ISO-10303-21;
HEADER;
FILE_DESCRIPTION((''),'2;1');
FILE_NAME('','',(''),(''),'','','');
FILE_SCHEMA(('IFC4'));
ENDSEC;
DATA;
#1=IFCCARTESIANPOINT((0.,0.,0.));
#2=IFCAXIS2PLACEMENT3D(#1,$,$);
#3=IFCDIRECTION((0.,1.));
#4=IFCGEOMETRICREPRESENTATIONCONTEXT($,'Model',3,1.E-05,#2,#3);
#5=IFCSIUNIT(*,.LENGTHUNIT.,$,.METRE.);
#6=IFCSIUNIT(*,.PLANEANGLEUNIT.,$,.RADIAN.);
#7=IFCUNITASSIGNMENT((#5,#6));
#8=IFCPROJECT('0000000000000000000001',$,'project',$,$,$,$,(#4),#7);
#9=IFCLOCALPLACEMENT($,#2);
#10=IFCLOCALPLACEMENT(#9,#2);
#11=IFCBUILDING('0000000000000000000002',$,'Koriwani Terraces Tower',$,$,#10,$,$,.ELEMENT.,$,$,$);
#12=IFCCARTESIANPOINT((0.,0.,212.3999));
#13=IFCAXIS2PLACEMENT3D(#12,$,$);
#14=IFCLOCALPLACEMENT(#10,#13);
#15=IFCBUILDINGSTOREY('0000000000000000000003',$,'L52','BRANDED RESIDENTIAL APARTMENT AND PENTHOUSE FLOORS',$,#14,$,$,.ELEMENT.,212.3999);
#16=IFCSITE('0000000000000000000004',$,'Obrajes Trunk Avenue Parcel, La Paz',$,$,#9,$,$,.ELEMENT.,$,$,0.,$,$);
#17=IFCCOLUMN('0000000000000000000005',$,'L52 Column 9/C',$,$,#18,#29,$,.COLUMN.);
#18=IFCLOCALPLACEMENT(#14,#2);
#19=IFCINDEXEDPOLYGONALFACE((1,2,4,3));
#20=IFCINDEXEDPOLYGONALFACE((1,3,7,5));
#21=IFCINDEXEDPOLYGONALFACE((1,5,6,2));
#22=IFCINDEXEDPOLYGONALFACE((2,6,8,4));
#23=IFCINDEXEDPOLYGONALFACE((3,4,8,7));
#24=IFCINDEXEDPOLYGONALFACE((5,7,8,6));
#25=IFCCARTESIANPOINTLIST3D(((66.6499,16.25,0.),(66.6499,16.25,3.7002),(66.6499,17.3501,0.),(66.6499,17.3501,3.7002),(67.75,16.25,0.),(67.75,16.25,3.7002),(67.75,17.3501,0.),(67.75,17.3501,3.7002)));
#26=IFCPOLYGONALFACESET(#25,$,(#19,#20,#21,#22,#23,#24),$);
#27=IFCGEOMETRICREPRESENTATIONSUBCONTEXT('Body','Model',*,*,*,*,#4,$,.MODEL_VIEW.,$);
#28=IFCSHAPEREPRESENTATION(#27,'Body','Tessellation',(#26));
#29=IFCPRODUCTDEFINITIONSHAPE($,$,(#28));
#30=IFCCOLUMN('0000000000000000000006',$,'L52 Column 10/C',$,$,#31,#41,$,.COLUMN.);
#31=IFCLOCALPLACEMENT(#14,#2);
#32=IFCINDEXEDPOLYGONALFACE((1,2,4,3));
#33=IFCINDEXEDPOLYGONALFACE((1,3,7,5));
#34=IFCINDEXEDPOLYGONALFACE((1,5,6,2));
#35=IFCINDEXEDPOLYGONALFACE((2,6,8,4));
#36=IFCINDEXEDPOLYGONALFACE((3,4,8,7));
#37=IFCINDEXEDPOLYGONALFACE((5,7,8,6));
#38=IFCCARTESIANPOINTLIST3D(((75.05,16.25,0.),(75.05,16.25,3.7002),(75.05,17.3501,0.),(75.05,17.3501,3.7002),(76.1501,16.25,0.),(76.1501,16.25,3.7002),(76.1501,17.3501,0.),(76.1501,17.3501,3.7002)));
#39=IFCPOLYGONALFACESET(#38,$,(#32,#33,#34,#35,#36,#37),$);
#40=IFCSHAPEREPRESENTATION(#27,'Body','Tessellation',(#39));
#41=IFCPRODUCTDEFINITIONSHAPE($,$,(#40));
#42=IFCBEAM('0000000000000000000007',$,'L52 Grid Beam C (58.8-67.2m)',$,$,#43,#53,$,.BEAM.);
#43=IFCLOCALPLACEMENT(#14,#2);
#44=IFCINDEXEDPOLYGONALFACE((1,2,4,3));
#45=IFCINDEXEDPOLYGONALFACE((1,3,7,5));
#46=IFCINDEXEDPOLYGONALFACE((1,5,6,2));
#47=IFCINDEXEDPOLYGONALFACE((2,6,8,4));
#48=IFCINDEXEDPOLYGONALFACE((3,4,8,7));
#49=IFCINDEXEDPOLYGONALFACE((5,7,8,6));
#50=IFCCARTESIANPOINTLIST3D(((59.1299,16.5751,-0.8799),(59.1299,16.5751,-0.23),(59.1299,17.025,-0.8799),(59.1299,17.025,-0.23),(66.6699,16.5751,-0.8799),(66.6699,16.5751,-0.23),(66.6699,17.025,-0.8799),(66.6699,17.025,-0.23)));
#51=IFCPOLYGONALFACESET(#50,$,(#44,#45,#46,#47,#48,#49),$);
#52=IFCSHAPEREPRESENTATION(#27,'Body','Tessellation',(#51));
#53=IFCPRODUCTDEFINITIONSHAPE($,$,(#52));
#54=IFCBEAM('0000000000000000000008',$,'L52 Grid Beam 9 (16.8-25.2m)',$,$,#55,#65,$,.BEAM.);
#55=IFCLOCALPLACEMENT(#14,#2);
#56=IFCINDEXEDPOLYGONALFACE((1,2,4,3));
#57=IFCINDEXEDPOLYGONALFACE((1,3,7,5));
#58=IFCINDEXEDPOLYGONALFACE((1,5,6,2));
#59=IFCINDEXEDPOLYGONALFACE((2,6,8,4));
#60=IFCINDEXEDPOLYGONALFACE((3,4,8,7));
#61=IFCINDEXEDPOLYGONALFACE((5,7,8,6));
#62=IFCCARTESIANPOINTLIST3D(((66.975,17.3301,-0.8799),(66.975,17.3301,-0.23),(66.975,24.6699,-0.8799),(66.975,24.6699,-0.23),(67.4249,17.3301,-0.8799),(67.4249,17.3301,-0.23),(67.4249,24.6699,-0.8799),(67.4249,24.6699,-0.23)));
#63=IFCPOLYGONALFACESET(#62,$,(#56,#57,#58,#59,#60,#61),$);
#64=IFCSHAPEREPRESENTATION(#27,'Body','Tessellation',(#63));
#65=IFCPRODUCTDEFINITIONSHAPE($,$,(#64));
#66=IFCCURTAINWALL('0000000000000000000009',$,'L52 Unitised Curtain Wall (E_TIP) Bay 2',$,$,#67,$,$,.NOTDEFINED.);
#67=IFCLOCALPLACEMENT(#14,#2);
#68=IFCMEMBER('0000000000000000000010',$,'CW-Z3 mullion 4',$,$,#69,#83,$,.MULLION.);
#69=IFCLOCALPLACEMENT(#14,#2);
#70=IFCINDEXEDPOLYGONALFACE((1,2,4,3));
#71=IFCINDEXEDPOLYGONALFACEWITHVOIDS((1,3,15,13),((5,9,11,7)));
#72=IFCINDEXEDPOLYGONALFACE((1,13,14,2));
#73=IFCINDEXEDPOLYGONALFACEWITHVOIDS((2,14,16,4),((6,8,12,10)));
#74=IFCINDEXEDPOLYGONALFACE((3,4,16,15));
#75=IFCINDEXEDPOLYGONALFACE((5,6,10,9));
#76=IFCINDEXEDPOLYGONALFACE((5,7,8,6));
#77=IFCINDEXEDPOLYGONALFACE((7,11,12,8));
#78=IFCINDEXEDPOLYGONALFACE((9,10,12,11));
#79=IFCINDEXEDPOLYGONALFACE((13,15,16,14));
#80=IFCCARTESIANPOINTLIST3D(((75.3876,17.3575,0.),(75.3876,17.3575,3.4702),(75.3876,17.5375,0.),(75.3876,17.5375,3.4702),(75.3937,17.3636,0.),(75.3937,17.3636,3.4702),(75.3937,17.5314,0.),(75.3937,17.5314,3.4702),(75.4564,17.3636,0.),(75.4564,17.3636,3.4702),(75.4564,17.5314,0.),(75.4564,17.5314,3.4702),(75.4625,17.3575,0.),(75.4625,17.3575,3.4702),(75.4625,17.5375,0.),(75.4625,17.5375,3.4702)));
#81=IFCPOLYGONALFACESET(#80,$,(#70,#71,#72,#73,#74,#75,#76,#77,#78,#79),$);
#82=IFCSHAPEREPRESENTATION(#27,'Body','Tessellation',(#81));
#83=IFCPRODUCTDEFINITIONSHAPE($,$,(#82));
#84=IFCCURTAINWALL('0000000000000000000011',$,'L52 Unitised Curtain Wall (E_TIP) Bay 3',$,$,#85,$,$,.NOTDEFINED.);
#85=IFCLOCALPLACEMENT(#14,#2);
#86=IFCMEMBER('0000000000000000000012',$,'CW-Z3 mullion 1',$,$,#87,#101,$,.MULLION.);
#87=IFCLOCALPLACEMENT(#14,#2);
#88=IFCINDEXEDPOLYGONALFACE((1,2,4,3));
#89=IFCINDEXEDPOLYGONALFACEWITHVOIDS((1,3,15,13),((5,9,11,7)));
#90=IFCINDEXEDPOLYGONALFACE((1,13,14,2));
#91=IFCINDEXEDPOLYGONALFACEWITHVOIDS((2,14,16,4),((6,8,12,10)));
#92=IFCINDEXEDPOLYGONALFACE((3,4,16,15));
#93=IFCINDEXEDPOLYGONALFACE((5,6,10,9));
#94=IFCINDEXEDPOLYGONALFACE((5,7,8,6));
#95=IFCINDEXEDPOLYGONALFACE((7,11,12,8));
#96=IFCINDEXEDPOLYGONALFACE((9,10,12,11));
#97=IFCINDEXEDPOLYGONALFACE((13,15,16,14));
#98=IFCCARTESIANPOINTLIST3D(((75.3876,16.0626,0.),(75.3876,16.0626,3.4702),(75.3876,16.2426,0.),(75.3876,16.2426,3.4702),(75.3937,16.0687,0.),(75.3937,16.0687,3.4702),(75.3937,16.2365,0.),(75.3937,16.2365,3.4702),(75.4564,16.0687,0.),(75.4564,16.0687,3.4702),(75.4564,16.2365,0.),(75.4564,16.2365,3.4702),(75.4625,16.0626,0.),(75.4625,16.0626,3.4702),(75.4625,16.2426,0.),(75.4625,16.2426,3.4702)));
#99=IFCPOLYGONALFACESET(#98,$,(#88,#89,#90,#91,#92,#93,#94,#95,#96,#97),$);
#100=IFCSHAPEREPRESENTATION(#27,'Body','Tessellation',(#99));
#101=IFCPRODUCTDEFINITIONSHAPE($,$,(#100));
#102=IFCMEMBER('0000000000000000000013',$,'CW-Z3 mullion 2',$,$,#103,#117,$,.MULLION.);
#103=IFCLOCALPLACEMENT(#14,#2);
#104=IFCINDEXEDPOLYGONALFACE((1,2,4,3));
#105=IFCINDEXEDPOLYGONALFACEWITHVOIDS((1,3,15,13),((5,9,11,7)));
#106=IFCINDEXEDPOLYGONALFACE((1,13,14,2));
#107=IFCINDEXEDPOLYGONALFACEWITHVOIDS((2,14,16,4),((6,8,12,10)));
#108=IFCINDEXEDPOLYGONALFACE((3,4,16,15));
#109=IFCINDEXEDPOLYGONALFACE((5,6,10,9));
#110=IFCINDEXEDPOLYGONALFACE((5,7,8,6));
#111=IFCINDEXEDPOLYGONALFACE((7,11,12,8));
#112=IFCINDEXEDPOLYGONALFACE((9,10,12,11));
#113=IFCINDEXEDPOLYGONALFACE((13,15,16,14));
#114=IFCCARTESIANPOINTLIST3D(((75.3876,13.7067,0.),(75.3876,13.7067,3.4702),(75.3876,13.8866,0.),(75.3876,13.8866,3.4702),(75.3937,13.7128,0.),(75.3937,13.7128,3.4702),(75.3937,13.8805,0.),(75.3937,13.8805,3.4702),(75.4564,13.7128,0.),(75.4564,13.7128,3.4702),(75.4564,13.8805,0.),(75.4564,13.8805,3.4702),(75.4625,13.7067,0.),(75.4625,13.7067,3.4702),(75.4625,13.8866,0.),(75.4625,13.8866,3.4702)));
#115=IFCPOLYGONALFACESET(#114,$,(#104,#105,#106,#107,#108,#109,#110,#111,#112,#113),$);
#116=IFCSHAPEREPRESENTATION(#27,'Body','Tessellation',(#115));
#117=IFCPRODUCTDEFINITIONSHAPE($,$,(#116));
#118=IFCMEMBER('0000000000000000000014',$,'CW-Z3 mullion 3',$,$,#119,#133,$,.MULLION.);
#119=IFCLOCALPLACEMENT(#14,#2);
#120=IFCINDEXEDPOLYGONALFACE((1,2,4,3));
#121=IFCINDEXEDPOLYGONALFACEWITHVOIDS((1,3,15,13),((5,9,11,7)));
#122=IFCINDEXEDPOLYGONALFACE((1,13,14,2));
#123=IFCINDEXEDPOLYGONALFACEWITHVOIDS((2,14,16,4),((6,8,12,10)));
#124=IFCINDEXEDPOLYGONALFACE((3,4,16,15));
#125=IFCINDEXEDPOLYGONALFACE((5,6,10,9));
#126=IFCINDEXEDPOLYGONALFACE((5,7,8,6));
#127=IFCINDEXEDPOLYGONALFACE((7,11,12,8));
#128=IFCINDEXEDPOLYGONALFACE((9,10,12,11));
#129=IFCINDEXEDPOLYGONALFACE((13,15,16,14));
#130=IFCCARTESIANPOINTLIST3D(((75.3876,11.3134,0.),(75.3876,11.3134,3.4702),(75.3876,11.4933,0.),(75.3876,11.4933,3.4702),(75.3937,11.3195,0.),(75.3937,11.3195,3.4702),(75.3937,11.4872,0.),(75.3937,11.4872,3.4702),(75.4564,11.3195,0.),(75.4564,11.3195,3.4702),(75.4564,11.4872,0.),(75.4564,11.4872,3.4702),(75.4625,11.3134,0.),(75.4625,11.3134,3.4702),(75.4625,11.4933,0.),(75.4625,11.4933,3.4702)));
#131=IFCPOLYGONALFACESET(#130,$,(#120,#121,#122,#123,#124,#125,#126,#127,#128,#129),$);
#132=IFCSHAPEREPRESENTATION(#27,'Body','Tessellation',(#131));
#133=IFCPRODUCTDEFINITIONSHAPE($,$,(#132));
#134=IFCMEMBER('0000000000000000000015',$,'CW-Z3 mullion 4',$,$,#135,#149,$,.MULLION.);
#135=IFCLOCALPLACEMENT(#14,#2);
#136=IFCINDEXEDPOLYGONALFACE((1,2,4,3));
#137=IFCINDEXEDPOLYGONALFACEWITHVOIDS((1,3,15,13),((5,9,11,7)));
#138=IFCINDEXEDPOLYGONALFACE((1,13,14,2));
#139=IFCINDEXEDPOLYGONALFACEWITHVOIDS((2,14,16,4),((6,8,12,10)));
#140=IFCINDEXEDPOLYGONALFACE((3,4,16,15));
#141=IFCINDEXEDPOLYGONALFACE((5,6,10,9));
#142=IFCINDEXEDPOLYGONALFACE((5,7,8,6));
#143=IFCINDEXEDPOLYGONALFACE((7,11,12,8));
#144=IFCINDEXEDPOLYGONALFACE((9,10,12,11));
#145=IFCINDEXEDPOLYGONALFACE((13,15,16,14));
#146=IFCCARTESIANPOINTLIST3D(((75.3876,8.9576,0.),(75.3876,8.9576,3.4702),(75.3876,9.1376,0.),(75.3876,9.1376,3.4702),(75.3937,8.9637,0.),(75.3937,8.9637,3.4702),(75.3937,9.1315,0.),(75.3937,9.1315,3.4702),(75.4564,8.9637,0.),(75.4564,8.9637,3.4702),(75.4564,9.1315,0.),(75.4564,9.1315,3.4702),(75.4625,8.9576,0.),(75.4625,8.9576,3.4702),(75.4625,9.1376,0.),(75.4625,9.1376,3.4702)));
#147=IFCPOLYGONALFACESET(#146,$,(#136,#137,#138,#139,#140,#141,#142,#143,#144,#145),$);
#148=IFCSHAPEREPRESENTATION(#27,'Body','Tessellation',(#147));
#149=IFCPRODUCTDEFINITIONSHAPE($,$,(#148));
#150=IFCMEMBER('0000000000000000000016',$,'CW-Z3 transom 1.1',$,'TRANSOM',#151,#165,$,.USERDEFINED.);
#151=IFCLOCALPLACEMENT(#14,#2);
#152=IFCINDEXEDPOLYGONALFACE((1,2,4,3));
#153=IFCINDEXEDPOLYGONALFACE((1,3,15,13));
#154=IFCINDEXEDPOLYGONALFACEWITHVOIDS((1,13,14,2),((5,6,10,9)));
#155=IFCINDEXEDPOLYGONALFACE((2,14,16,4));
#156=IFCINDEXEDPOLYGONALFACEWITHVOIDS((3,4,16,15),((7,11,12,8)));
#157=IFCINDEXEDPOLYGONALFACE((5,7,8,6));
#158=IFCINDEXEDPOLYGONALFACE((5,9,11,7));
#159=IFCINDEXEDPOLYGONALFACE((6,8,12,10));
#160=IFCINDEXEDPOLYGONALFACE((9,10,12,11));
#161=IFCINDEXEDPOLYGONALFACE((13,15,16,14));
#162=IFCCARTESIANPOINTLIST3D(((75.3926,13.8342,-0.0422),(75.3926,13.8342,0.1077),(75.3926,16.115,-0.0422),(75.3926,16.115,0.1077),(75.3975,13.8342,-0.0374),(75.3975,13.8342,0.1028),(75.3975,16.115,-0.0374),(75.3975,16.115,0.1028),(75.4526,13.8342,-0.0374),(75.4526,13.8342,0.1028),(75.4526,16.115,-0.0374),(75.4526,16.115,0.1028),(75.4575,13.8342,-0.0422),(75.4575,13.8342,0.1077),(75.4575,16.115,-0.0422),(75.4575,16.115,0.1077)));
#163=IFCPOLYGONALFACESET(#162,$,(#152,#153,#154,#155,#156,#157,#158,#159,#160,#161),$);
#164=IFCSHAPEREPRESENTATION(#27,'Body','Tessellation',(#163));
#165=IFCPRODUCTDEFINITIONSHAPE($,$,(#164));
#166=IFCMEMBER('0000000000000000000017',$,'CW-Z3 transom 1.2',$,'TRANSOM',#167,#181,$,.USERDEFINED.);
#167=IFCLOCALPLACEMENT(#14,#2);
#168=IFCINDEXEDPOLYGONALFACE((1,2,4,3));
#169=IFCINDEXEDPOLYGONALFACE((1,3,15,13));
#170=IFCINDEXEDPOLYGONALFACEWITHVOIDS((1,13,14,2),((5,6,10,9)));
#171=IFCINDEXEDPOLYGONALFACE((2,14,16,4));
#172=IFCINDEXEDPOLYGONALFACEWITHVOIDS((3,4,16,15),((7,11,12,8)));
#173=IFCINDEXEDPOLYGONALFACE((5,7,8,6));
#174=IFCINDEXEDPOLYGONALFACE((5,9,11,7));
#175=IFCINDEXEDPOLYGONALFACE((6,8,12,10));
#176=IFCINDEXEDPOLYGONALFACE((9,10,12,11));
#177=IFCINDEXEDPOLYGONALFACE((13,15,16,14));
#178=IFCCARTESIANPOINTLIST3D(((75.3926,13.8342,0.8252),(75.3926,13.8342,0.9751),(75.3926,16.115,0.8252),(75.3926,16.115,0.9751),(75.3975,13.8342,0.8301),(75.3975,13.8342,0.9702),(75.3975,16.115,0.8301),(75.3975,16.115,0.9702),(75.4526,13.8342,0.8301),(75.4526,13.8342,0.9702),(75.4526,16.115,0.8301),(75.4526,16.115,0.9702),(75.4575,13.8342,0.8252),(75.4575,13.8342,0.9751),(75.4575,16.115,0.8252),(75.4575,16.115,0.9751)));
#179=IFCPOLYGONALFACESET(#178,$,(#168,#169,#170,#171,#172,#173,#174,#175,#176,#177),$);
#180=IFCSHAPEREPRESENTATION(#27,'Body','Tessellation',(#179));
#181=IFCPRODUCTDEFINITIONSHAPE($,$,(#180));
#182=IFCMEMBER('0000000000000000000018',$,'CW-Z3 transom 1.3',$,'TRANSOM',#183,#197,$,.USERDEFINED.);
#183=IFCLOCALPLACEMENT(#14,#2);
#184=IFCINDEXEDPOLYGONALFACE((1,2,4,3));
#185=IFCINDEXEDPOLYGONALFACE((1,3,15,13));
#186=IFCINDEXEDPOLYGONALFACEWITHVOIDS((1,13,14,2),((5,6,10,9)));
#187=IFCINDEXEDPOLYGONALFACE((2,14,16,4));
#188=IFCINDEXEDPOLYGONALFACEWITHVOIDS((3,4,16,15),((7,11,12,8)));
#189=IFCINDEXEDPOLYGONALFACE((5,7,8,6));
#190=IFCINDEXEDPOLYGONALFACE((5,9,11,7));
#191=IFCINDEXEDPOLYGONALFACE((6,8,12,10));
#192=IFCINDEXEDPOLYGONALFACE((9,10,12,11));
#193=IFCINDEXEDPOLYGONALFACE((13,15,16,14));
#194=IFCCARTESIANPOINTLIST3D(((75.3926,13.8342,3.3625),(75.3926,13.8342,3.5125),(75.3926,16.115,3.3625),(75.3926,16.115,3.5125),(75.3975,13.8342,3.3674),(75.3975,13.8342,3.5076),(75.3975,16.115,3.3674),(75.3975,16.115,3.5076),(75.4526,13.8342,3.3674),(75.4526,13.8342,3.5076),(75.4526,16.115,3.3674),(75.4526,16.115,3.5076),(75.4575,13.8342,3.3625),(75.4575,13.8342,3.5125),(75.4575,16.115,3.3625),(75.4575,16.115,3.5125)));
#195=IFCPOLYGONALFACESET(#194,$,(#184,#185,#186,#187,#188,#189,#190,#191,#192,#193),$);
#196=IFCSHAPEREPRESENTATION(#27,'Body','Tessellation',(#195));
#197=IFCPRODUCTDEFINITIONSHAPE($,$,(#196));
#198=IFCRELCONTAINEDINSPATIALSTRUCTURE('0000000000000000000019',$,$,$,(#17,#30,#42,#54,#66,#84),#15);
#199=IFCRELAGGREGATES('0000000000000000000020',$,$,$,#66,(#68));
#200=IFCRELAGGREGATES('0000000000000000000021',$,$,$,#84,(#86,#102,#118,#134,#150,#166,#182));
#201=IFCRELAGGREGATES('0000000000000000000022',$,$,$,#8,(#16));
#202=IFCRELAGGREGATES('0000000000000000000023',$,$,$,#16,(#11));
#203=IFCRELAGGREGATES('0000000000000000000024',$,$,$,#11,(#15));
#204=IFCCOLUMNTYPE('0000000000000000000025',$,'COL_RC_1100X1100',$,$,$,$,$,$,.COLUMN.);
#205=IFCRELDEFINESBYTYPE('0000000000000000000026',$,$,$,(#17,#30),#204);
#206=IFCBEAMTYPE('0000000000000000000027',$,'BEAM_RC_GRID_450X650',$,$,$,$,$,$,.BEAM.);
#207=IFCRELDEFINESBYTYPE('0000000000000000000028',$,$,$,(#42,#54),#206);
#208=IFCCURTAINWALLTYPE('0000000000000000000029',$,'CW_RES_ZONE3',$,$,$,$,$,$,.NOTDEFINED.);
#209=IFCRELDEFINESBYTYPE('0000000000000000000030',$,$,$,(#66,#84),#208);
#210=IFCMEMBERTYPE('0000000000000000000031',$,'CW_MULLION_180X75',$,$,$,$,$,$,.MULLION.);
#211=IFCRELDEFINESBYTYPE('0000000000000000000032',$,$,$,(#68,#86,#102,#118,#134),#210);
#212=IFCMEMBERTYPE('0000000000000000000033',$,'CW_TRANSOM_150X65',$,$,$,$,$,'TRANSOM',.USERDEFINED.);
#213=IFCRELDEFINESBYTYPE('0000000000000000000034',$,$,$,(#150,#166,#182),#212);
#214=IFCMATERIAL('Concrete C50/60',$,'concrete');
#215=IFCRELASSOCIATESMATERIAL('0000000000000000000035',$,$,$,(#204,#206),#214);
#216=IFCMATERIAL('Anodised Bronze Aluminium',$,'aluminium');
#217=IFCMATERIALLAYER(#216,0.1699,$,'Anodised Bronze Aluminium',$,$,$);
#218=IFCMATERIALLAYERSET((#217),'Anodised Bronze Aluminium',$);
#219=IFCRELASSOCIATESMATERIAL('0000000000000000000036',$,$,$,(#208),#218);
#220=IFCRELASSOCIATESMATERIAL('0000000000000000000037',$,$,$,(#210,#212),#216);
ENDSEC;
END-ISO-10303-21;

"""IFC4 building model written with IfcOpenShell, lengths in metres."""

from ifc_helpers import new_model, si_unit, direction, frame, origin, origin_2d, place, context, subcontext, project, spatial, rectangle, hollow_rectangle, extrude, material, layer, layer_set, material_profile, profile_set, type_object, element, aggregate, save


model = new_model("IFC4")

# Units and contexts
model_context = context("Model", 3, precision=1e-05, world=origin(), true_north=direction((0.0, 1.0)))
body_context = subcontext(model_context, "Body", "Model", "MODEL_VIEW")
ifc_project = project(units=[si_unit("LENGTHUNIT", "METRE"), si_unit("PLANEANGLEUNIT", "RADIAN")], contexts=[model_context])

# Site, building, storey
site_placement = place(None, origin())
site = spatial("IfcSite", under=ifc_project, at=site_placement, Name="Obrajes Trunk Avenue Parcel, La Paz", CompositionType="ELEMENT", RefElevation=0.0)
building_placement = place(site_placement, origin())
building = spatial("IfcBuilding", under=site, at=building_placement, Name="Koriwani Terraces Tower", CompositionType="ELEMENT")
storey_placement = place(building_placement, frame((0.0, 0.0, 212.3999)))
storey = spatial("IfcBuildingStorey", under=building, at=storey_placement, Name="L52", Description="BRANDED RESIDENTIAL APARTMENT AND PENTHOUSE FLOORS", CompositionType="ELEMENT", Elevation=212.3999)

# Columns
ifc_material_1 = material(Name="Concrete C50/60", Category="concrete")
ifc_material_profile_1 = material_profile(ifc_material_1, rectangle(XDim=1.1001, YDim=1.1001, at=origin_2d()), Name="Concrete C50/60", Category="LoadBearing")
ifc_profile_set_1 = profile_set([ifc_material_profile_1], Name="Concrete C50/60")
column_type = type_object("IfcColumnType", Name="COL_RC_1100X1100", PredefinedType="COLUMN", material=ifc_profile_set_1)
for number, where, z_axis, x_axis, name in (
    (1, (67.2, 16.8, 0.0), (0.0, 0.0, 1.0), (1.0, 0.0, 0.0), "L52 Column 9/C"),
    (2, (75.6001, 16.8, 0.0), (0.0, 0.0, 1.0), (1.0, 0.0, 0.0), "L52 Column 10/C"),
):
    element("IfcColumn", number, at=place(storey_placement, frame(where, z_axis=z_axis, x_axis=x_axis)), inside=storey, type_object=column_type, Name=name, PredefinedType="COLUMN", context=body_context, shape_type="SweptSolid", body=[
        extrude(rectangle(XDim=1.1001, YDim=1.1001, at=origin_2d()), origin(), (0.0, 0.0, 1.0), 3.7002),
    ])

# Beams
ifc_material_profile_2 = material_profile(ifc_material_1, rectangle(XDim=0.45, YDim=0.6499, at=origin_2d()), Name="Concrete C50/60", Category="LoadBearing")
ifc_profile_set_2 = profile_set([ifc_material_profile_2], Name="Concrete C50/60")
beam_type_1 = type_object("IfcBeamType", Name="BEAM_RC_GRID_450X650", PredefinedType="BEAM", material=ifc_profile_set_2)
beam_1_placement = place(storey_placement, frame((59.1299, 16.8, -0.5549), z_axis=(1.0, 0.0, 0.0), x_axis=(0.0, 1.0, 0.0)))
element("IfcBeam", 3, at=beam_1_placement, inside=storey, type_object=beam_type_1, Name="L52 Grid Beam C (58.8-67.2m)", PredefinedType="BEAM", context=body_context, shape_type="SweptSolid", body=[
    extrude(rectangle(XDim=0.45, YDim=0.6499, at=origin_2d()), origin(), (0.0, 0.0, 1.0), 7.54),
])
beam_2_placement = place(storey_placement, frame((67.2, 17.3301, -0.5549), z_axis=(0.0, 1.0, 0.0), x_axis=(-1.0, 0.0, 0.0)))
element("IfcBeam", 4, at=beam_2_placement, inside=storey, type_object=beam_type_1, Name="L52 Grid Beam 9 (16.8-25.2m)", PredefinedType="BEAM", context=body_context, shape_type="SweptSolid", body=[
    extrude(rectangle(XDim=0.45, YDim=0.6499, at=origin_2d()), origin(), (0.0, 0.0, 1.0), 7.3398),
])

# Curtain wall, member
ifc_material_2 = material(Name="Anodised Bronze Aluminium", Category="aluminium")
ifc_layer_1 = layer(ifc_material_2, 0.1699, Name="Anodised Bronze Aluminium")
ifc_layer_set_1 = layer_set([ifc_layer_1], Name="Anodised Bronze Aluminium")
curtain_wall_type = type_object("IfcCurtainWallType", Name="CW_RES_ZONE3", PredefinedType="NOTDEFINED", material=ifc_layer_set_1)
curtain_wall_1_placement = place(storey_placement, origin())
curtain_wall_1 = element("IfcCurtainWall", 5, at=curtain_wall_1_placement, inside=storey, type_object=curtain_wall_type, Name="L52 Unitised Curtain Wall (E_TIP) Bay 2", PredefinedType="NOTDEFINED")
ifc_material_profile_3 = material_profile(ifc_material_2, hollow_rectangle(XDim=0.075, YDim=0.1799, WallThickness=0.0061, at=origin_2d()), Name="Anodised Bronze Aluminium", Category="LoadBearing")
ifc_profile_set_3 = profile_set([ifc_material_profile_3], Name="Anodised Bronze Aluminium")
member_type_1 = type_object("IfcMemberType", Name="CW_MULLION_180X75", PredefinedType="MULLION", material=ifc_profile_set_3)
member_1_placement = place(storey_placement, frame((75.425, 17.4475, 0.0), z_axis=(0.0, 0.0, 1.0), x_axis=(1.0, 0.0, 0.0)))
member_1 = element("IfcMember", 6, at=member_1_placement, type_object=member_type_1, Name="CW-Z3 mullion 4", PredefinedType="MULLION", context=body_context, shape_type="SweptSolid", body=[
    extrude(hollow_rectangle(XDim=0.075, YDim=0.1799, WallThickness=0.0061, at=origin_2d()), origin(), (0.0, 0.0, 1.0), 3.4702),
])
aggregate(curtain_wall_1, [member_1])

# Curtain wall, members
curtain_wall_2_placement = place(storey_placement, origin())
curtain_wall_2 = element("IfcCurtainWall", 7, at=curtain_wall_2_placement, inside=storey, type_object=curtain_wall_type, Name="L52 Unitised Curtain Wall (E_TIP) Bay 3", PredefinedType="NOTDEFINED")
member_2_placement = place(storey_placement, frame((75.425, 16.1526, 0.0), z_axis=(0.0, 0.0, 1.0), x_axis=(1.0, 0.0, 0.0)))
member_2 = element("IfcMember", 8, at=member_2_placement, type_object=member_type_1, Name="CW-Z3 mullion 1", PredefinedType="MULLION", context=body_context, shape_type="SweptSolid", body=[
    extrude(hollow_rectangle(XDim=0.075, YDim=0.1799, WallThickness=0.0061, at=origin_2d()), origin(), (0.0, 0.0, 1.0), 3.4702),
])
member_3_placement = place(storey_placement, frame((75.425, 13.7966, 0.0), z_axis=(0.0, 0.0, 1.0), x_axis=(1.0, 0.0, 0.0)))
member_3 = element("IfcMember", 9, at=member_3_placement, type_object=member_type_1, Name="CW-Z3 mullion 2", PredefinedType="MULLION", context=body_context, shape_type="SweptSolid", body=[
    extrude(hollow_rectangle(XDim=0.075, YDim=0.1799, WallThickness=0.0061, at=origin_2d()), origin(), (0.0, 0.0, 1.0), 3.4702),
])
member_4_placement = place(storey_placement, frame((75.425, 11.4033, 0.0), z_axis=(0.0, 0.0, 1.0), x_axis=(1.0, 0.0, 0.0)))
member_4 = element("IfcMember", 10, at=member_4_placement, type_object=member_type_1, Name="CW-Z3 mullion 3", PredefinedType="MULLION", context=body_context, shape_type="SweptSolid", body=[
    extrude(hollow_rectangle(XDim=0.075, YDim=0.1799, WallThickness=0.0061, at=origin_2d()), origin(), (0.0, 0.0, 1.0), 3.4702),
])
member_5_placement = place(storey_placement, frame((75.425, 9.0476, 0.0), z_axis=(0.0, 0.0, 1.0), x_axis=(1.0, 0.0, 0.0)))
member_5 = element("IfcMember", 11, at=member_5_placement, type_object=member_type_1, Name="CW-Z3 mullion 4", PredefinedType="MULLION", context=body_context, shape_type="SweptSolid", body=[
    extrude(hollow_rectangle(XDim=0.075, YDim=0.1799, WallThickness=0.0061, at=origin_2d()), origin(), (0.0, 0.0, 1.0), 3.4702),
])
ifc_material_profile_4 = material_profile(ifc_material_2, hollow_rectangle(XDim=0.0649, YDim=0.1499, WallThickness=0.0049, at=origin_2d()), Name="Anodised Bronze Aluminium", Category="LoadBearing")
ifc_profile_set_4 = profile_set([ifc_material_profile_4], Name="Anodised Bronze Aluminium")
member_type_2 = type_object("IfcMemberType", Name="CW_TRANSOM_150X65", ElementType="TRANSOM", PredefinedType="USERDEFINED", material=ifc_profile_set_4)
member_6_placement = place(storey_placement, frame((75.425, 16.115, 0.0327), z_axis=(0.0, -1.0, 0.0), x_axis=(1.0, 0.0, 0.0)))
member_6 = element("IfcMember", 12, at=member_6_placement, type_object=member_type_2, Name="CW-Z3 transom 1.1", ObjectType="TRANSOM", PredefinedType="USERDEFINED", context=body_context, shape_type="SweptSolid", body=[
    extrude(hollow_rectangle(XDim=0.0649, YDim=0.1499, WallThickness=0.0049, at=origin_2d()), origin(), (0.0, 0.0, 1.0), 2.2808),
])
member_7_placement = place(storey_placement, frame((75.425, 16.115, 0.9001), z_axis=(0.0, -1.0, 0.0), x_axis=(1.0, 0.0, 0.0)))
member_7 = element("IfcMember", 13, at=member_7_placement, type_object=member_type_2, Name="CW-Z3 transom 1.2", ObjectType="TRANSOM", PredefinedType="USERDEFINED", context=body_context, shape_type="SweptSolid", body=[
    extrude(hollow_rectangle(XDim=0.0649, YDim=0.1499, WallThickness=0.0049, at=origin_2d()), origin(), (0.0, 0.0, 1.0), 2.2808),
])
member_8_placement = place(storey_placement, frame((75.425, 16.115, 3.4375), z_axis=(0.0, -1.0, 0.0), x_axis=(1.0, 0.0, 0.0)))
member_8 = element("IfcMember", 14, at=member_8_placement, type_object=member_type_2, Name="CW-Z3 transom 1.3", ObjectType="TRANSOM", PredefinedType="USERDEFINED", context=body_context, shape_type="SweptSolid", body=[
    extrude(hollow_rectangle(XDim=0.0649, YDim=0.1499, WallThickness=0.0049, at=origin_2d()), origin(), (0.0, 0.0, 1.0), 2.2808),
])

aggregate(curtain_wall_2, [member_2, member_3, member_4, member_5, member_6, member_7, member_8])

save(model, "model.ifc")
